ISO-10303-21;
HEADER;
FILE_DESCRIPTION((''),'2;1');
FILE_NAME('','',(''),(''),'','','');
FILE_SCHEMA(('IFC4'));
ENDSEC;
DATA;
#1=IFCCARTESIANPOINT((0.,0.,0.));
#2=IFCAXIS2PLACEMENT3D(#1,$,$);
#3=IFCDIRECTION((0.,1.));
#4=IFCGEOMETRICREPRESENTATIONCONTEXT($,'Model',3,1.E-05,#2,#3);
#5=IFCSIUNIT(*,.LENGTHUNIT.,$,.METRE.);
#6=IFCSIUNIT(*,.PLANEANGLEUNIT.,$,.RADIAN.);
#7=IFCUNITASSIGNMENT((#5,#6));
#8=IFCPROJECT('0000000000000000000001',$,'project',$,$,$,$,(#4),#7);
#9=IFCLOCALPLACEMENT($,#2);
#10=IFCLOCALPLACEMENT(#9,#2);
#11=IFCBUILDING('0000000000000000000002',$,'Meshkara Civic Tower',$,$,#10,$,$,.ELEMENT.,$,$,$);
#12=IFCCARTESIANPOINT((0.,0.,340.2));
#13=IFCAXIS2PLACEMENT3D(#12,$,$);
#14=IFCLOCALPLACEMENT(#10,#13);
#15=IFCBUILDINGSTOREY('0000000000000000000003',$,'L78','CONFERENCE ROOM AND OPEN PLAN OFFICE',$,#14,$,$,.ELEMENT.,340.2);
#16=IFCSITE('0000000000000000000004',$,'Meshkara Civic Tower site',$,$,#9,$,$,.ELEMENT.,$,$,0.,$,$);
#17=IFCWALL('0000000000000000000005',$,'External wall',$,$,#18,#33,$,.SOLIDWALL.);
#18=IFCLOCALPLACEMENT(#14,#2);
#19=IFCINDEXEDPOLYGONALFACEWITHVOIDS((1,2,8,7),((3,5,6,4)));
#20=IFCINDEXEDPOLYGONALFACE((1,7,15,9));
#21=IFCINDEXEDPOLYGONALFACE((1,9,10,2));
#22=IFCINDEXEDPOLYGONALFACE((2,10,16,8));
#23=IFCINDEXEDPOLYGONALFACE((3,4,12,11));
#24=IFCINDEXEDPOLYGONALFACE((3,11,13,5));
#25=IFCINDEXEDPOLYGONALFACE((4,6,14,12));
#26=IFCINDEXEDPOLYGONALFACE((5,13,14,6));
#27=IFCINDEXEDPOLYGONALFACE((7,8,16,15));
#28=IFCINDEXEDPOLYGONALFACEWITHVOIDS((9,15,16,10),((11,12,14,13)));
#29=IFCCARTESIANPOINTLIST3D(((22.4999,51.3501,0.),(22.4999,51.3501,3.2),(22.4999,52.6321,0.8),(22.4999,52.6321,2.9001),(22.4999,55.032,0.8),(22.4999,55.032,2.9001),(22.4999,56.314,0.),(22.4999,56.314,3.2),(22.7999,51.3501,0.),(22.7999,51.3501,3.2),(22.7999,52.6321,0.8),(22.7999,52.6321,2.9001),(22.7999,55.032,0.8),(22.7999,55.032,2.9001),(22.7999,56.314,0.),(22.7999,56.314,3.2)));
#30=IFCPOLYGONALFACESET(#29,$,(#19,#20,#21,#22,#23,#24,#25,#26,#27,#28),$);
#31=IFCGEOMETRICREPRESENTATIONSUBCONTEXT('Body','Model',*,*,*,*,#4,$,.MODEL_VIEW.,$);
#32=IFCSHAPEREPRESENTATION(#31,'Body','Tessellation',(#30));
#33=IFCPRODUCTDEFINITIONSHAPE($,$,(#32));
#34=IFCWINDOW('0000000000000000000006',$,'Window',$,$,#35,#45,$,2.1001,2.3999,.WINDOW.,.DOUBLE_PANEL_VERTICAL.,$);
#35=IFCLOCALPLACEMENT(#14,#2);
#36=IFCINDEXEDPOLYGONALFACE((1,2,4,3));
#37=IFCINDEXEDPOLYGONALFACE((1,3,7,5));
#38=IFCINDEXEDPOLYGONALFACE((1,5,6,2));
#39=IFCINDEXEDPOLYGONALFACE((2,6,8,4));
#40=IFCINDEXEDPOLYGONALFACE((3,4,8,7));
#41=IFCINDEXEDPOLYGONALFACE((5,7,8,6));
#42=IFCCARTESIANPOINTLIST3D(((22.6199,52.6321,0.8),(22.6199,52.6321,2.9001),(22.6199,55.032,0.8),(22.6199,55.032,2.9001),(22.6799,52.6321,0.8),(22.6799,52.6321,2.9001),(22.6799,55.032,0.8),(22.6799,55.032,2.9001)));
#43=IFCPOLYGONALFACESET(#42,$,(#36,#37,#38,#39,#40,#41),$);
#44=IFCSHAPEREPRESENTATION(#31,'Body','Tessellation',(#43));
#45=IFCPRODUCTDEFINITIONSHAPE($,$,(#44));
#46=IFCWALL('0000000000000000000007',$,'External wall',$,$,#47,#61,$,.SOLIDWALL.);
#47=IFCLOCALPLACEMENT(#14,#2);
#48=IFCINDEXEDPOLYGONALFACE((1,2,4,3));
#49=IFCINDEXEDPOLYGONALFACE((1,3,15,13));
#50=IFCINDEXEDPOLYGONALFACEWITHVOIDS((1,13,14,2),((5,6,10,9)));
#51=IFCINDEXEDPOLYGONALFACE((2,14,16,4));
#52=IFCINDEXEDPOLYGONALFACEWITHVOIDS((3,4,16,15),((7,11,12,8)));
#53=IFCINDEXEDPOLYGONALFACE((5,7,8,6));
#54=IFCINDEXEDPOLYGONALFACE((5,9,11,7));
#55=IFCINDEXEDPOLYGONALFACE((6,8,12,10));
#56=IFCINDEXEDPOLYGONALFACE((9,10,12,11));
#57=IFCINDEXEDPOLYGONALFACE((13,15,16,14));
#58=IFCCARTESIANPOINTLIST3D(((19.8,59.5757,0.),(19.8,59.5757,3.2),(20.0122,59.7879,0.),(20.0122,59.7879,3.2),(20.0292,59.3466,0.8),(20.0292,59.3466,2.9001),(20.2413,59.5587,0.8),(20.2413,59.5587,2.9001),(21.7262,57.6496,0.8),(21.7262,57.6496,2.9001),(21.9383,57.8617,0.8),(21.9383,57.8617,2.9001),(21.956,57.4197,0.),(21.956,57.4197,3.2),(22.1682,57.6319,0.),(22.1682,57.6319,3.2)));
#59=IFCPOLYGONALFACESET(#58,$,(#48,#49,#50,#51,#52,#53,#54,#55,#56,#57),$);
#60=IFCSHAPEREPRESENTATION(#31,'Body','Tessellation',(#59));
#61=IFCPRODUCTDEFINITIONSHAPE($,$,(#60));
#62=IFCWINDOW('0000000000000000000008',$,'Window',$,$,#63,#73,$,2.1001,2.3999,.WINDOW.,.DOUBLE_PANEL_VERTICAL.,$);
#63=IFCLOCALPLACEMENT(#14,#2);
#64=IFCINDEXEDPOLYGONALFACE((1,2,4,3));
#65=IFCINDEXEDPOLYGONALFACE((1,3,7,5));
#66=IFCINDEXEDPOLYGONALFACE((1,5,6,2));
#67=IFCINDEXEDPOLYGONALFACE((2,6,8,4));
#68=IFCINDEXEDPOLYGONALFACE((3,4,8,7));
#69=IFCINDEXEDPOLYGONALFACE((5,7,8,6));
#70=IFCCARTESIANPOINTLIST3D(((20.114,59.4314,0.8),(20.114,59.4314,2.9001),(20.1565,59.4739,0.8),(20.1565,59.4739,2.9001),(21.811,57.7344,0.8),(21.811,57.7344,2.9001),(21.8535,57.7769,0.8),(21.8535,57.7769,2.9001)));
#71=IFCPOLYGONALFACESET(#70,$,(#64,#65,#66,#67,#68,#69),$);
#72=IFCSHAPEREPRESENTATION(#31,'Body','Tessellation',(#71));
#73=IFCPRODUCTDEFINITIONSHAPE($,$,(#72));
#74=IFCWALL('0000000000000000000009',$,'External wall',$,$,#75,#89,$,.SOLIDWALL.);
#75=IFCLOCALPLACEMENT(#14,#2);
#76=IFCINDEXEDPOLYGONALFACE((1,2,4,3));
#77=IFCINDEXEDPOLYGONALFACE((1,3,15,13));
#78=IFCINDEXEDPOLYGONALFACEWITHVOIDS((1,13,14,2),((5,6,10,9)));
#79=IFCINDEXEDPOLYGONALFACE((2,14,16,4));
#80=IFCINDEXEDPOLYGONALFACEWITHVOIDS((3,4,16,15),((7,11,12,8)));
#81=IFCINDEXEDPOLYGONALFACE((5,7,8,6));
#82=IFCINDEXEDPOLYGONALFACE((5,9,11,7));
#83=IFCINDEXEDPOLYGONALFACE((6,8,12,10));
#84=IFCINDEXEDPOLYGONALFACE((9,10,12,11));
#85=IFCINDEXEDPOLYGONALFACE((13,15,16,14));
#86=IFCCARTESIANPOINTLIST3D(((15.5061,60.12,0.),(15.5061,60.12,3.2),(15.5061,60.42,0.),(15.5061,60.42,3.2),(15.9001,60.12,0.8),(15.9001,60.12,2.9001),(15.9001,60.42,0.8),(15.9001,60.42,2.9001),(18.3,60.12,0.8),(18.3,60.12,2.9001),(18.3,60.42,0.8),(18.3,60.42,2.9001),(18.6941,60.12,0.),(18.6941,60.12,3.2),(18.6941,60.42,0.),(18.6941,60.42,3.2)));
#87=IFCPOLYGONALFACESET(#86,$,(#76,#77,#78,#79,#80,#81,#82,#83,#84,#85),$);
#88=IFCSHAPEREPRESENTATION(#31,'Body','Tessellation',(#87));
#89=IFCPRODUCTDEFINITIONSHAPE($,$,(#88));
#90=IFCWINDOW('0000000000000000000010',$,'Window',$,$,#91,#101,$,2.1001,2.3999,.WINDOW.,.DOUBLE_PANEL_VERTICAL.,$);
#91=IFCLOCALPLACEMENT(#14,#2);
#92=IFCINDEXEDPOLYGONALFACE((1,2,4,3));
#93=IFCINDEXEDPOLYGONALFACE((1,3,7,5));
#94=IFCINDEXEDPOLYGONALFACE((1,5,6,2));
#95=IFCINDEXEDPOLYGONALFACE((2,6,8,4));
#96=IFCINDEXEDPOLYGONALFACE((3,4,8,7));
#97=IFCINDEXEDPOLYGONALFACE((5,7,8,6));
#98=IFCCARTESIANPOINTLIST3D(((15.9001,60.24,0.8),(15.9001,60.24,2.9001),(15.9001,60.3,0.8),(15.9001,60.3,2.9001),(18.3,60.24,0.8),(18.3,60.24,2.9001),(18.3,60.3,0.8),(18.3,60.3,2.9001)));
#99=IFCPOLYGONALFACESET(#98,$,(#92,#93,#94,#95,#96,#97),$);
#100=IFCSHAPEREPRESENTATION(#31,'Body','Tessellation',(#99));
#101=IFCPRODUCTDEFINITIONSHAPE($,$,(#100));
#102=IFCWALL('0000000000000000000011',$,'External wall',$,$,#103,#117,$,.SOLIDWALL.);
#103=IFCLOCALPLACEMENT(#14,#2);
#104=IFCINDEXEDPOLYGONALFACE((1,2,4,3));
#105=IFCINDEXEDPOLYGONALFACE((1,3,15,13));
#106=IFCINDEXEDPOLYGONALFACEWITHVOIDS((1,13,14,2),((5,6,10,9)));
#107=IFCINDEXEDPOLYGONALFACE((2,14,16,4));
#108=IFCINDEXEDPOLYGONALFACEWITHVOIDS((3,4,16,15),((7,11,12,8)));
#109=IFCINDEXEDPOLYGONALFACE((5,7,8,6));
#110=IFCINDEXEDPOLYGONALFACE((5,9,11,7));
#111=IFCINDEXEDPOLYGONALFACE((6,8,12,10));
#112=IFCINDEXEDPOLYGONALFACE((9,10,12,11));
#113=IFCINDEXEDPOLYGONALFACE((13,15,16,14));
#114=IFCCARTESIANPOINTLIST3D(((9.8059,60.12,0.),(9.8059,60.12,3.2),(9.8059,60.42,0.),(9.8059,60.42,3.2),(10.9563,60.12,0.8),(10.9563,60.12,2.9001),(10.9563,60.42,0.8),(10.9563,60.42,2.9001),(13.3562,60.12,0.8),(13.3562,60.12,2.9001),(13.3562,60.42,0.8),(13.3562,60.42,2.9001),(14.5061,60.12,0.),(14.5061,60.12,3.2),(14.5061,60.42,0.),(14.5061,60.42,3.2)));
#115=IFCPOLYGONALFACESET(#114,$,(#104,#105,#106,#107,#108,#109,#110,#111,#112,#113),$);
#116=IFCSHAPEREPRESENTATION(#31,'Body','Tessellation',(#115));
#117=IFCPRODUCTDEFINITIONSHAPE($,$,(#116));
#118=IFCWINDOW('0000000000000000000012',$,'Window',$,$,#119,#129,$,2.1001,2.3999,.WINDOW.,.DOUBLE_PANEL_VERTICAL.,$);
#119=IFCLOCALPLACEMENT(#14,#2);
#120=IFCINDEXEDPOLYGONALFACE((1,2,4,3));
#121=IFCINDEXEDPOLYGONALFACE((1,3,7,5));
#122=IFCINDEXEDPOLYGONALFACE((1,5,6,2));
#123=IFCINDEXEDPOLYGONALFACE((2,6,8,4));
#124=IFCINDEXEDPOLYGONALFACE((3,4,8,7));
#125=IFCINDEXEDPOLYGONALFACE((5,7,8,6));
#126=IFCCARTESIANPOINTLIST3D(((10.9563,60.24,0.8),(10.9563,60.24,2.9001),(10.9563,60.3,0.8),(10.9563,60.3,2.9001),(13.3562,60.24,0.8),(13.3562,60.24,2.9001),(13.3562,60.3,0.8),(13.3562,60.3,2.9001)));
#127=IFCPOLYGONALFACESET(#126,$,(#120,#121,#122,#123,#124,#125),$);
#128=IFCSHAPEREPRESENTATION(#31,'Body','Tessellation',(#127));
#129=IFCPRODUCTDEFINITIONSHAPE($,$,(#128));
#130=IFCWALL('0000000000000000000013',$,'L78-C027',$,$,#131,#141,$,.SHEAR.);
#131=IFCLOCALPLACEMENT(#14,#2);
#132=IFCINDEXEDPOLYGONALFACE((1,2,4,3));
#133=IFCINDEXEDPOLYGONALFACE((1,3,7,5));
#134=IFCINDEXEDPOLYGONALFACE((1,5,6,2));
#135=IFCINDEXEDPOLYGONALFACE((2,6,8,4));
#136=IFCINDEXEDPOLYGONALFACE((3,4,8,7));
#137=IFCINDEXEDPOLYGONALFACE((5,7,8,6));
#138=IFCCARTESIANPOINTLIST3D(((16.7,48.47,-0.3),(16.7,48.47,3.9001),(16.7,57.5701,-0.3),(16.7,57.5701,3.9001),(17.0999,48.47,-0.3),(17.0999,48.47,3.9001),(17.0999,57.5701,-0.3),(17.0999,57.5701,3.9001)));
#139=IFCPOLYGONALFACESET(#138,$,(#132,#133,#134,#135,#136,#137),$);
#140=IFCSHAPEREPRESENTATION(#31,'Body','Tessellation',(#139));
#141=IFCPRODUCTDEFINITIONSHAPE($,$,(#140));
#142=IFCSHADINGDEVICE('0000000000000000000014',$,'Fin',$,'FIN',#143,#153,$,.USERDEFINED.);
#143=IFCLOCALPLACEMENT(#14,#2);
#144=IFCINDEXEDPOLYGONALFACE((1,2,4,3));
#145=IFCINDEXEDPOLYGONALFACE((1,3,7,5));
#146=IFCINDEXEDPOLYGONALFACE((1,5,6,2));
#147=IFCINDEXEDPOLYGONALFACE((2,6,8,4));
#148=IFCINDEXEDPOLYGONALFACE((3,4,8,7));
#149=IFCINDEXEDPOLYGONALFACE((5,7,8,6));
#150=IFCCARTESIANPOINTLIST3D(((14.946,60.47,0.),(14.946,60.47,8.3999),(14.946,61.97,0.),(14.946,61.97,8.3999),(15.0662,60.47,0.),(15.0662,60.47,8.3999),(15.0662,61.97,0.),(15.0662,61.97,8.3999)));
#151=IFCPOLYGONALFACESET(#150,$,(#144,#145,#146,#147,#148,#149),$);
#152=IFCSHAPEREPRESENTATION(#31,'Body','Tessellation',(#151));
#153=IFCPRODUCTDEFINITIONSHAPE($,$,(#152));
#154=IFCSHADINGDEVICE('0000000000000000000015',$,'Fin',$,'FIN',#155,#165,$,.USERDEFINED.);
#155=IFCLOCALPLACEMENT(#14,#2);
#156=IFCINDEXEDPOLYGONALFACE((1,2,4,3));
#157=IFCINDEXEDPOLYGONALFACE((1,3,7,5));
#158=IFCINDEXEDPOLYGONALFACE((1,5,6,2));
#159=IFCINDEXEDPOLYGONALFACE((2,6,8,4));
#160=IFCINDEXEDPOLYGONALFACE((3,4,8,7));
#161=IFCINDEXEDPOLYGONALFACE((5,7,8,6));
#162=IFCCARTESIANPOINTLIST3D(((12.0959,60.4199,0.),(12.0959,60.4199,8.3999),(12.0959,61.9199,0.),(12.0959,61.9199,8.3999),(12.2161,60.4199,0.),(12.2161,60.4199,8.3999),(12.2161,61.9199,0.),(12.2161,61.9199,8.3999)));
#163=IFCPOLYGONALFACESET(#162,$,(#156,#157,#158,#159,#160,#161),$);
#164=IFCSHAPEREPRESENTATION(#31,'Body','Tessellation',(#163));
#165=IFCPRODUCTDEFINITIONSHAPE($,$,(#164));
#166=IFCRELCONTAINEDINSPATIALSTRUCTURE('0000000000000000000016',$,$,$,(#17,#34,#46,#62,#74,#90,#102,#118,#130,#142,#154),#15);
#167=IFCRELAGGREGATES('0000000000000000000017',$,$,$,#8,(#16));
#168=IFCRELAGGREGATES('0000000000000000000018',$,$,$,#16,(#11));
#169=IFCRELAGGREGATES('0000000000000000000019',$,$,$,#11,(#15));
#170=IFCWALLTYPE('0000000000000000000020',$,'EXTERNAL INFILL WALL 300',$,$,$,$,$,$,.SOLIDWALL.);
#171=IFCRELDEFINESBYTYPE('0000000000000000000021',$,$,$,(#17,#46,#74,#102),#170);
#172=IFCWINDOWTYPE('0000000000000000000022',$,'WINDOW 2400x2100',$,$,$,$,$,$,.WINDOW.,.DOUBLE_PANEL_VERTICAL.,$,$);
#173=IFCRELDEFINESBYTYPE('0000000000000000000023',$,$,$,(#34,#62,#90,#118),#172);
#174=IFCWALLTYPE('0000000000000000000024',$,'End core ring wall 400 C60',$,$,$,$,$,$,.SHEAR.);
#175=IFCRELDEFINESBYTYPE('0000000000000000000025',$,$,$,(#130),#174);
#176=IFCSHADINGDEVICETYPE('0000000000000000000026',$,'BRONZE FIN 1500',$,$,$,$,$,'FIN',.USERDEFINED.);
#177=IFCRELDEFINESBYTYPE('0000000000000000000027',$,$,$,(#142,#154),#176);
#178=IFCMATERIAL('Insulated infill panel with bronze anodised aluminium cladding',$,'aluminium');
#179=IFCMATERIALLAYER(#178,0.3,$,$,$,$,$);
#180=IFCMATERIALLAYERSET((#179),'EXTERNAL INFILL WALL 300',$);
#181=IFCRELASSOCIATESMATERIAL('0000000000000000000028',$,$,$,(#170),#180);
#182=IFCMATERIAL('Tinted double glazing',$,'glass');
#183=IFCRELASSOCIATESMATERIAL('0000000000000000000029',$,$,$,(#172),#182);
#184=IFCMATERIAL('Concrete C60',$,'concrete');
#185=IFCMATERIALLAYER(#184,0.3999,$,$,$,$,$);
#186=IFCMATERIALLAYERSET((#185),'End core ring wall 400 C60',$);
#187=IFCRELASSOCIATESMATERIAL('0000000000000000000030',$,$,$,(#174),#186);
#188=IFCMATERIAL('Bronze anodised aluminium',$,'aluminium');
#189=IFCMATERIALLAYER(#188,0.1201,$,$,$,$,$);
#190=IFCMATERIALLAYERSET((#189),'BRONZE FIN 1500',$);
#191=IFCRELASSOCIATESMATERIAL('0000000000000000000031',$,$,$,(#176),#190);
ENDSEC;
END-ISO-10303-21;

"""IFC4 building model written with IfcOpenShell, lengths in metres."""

from ifc_helpers import new_model, si_unit, direction, frame, frame_2d, origin, origin_2d, place, context, subcontext, project, spatial, rectangle, extrude, material, layer, layer_set, type_object, element, fill, save


model = new_model("IFC4")

# Units and contexts
model_context = context("Model", 3, precision=1e-05, world=origin(), true_north=direction((0.0, 1.0)))
body_context = subcontext(model_context, "Body", "Model", "MODEL_VIEW")
ifc_project = project(units=[si_unit("LENGTHUNIT", "METRE"), si_unit("PLANEANGLEUNIT", "RADIAN")], contexts=[model_context])

# Site, building, storey
site_placement = place(None, origin())
site = spatial("IfcSite", under=ifc_project, at=site_placement, Name="Meshkara Civic Tower site", CompositionType="ELEMENT", RefElevation=0.0)
building_placement = place(site_placement, origin())
building = spatial("IfcBuilding", under=site, at=building_placement, Name="Meshkara Civic Tower", CompositionType="ELEMENT")
storey_placement = place(building_placement, frame((0.0, 0.0, 340.2)))
storey = spatial("IfcBuildingStorey", under=building, at=storey_placement, Name="L78", Description="CONFERENCE ROOM AND OPEN PLAN OFFICE", CompositionType="ELEMENT", Elevation=340.2)

# Walls, openings, windows
ifc_material_1 = material(Name="Insulated infill panel with bronze anodised aluminium cladding", Category="aluminium")
ifc_layer_1 = layer(ifc_material_1, 0.3)
ifc_layer_set_1 = layer_set([ifc_layer_1], Name="EXTERNAL INFILL WALL 300")
wall_type_1 = type_object("IfcWallType", Name="EXTERNAL INFILL WALL 300", PredefinedType="SOLIDWALL", material=ifc_layer_set_1)
wall_1_placement = place(storey_placement, frame((22.6499, 51.3501, 0.0), z_axis=(0.0, 0.0, 1.0), x_axis=(0.0, 1.0, 0.0)))
wall_1 = element("IfcWall", 1, at=wall_1_placement, inside=storey, type_object=wall_type_1, Name="External wall", PredefinedType="SOLIDWALL", context=body_context, shape_type="SweptSolid", body=[
    extrude(rectangle(XDim=4.9639, YDim=0.3, at=frame_2d((2.4819, 0.0))), origin(), (0.0, 0.0, 1.0), 3.2),
])
opening_1_placement = place(wall_1_placement, frame((1.282, 0.0, 0.8)))
opening_1 = element("IfcOpeningElement", 2, at=opening_1_placement, cuts=wall_1, PredefinedType="OPENING", context=body_context, shape_type="SweptSolid", body=[
    extrude(rectangle(XDim=2.3999, YDim=2.1001, at=frame_2d((1.2, 1.05))), frame((0.0, 0.1599, 0.0), z_axis=(0.0, -1.0, 0.0), x_axis=(1.0, 0.0, 0.0)), (0.0, 0.0, 1.0), 0.3201),
])
ifc_material_2 = material(Name="Tinted double glazing", Category="glass")
window_type = type_object("IfcWindowType", Name="WINDOW 2400x2100", PartitioningType="DOUBLE_PANEL_VERTICAL", PredefinedType="WINDOW", material=ifc_material_2)
window_1_placement = place(opening_1_placement, origin())
window_1 = element("IfcWindow", 3, at=window_1_placement, inside=storey, type_object=window_type, Name="Window", OverallHeight=2.1001, OverallWidth=2.3999, PartitioningType="DOUBLE_PANEL_VERTICAL", PredefinedType="WINDOW", context=body_context, shape_type="SweptSolid", body=[
    extrude(rectangle(XDim=2.3999, YDim=2.1001, at=frame_2d((1.2, 1.05))), frame((0.0, 0.03, 0.0), z_axis=(0.0, -1.0, 0.0), x_axis=(1.0, 0.0, 0.0)), (0.0, 0.0, 1.0), 0.0601),
])
fill(opening_1, window_1)
wall_2_placement = place(storey_placement, frame((22.062, 57.5259, 0.0), z_axis=(0.0, 0.0, 1.0), x_axis=(-0.707107, 0.707107, 0.0)))
wall_2 = element("IfcWall", 4, at=wall_2_placement, inside=storey, type_object=wall_type_1, Name="External wall", PredefinedType="SOLIDWALL", context=body_context, shape_type="SweptSolid", body=[
    extrude(rectangle(XDim=3.0491, YDim=0.3, at=frame_2d((1.5244, 0.0))), origin(), (0.0, 0.0, 1.0), 3.2),
])
opening_2_placement = place(wall_2_placement, frame((0.325, 0.0, 0.8)))
opening_2 = element("IfcOpeningElement", 5, at=opening_2_placement, cuts=wall_2, PredefinedType="OPENING", context=body_context, shape_type="SweptSolid", body=[
    extrude(rectangle(XDim=2.3999, YDim=2.1001, at=frame_2d((1.2, 1.05))), frame((0.0, 0.1599, 0.0), z_axis=(0.0, -1.0, 0.0), x_axis=(1.0, 0.0, 0.0)), (0.0, 0.0, 1.0), 0.3201),
])
window_2_placement = place(opening_2_placement, origin())
window_2 = element("IfcWindow", 6, at=window_2_placement, inside=storey, type_object=window_type, Name="Window", OverallHeight=2.1001, OverallWidth=2.3999, PartitioningType="DOUBLE_PANEL_VERTICAL", PredefinedType="WINDOW", context=body_context, shape_type="SweptSolid", body=[
    extrude(rectangle(XDim=2.3999, YDim=2.1001, at=frame_2d((1.2, 1.05))), frame((0.0, 0.03, 0.0), z_axis=(0.0, -1.0, 0.0), x_axis=(1.0, 0.0, 0.0)), (0.0, 0.0, 1.0), 0.0601),
])
fill(opening_2, window_2)
wall_3_placement = place(storey_placement, frame((18.6941, 60.27, 0.0), z_axis=(0.0, 0.0, 1.0), x_axis=(-1.0, 0.0, 0.0)))
wall_3 = element("IfcWall", 7, at=wall_3_placement, inside=storey, type_object=wall_type_1, Name="External wall", PredefinedType="SOLIDWALL", context=body_context, shape_type="SweptSolid", body=[
    extrude(rectangle(XDim=3.188, YDim=0.3, at=frame_2d((1.594, 0.0))), origin(), (0.0, 0.0, 1.0), 3.2),
])
opening_3_placement = place(wall_3_placement, frame((0.394, 0.0, 0.8)))
opening_3 = element("IfcOpeningElement", 8, at=opening_3_placement, cuts=wall_3, PredefinedType="OPENING", context=body_context, shape_type="SweptSolid", body=[
    extrude(rectangle(XDim=2.3999, YDim=2.1001, at=frame_2d((1.2, 1.05))), frame((0.0, 0.1599, 0.0), z_axis=(0.0, -1.0, 0.0), x_axis=(1.0, 0.0, 0.0)), (0.0, 0.0, 1.0), 0.3201),
])
window_3_placement = place(opening_3_placement, origin())
window_3 = element("IfcWindow", 9, at=window_3_placement, inside=storey, type_object=window_type, Name="Window", OverallHeight=2.1001, OverallWidth=2.3999, PartitioningType="DOUBLE_PANEL_VERTICAL", PredefinedType="WINDOW", context=body_context, shape_type="SweptSolid", body=[
    extrude(rectangle(XDim=2.3999, YDim=2.1001, at=frame_2d((1.2, 1.05))), frame((0.0, 0.03, 0.0), z_axis=(0.0, -1.0, 0.0), x_axis=(1.0, 0.0, 0.0)), (0.0, 0.0, 1.0), 0.0601),
])
fill(opening_3, window_3)
wall_4_placement = place(storey_placement, frame((14.5061, 60.27, 0.0), z_axis=(0.0, 0.0, 1.0), x_axis=(-1.0, 0.0, 0.0)))
wall_4 = element("IfcWall", 10, at=wall_4_placement, inside=storey, type_object=wall_type_1, Name="External wall", PredefinedType="SOLIDWALL", context=body_context, shape_type="SweptSolid", body=[
    extrude(rectangle(XDim=4.7002, YDim=0.3, at=frame_2d((2.3501, 0.0))), origin(), (0.0, 0.0, 1.0), 3.2),
])
opening_4_placement = place(wall_4_placement, frame((1.1499, 0.0, 0.8)))
opening_4 = element("IfcOpeningElement", 11, at=opening_4_placement, cuts=wall_4, PredefinedType="OPENING", context=body_context, shape_type="SweptSolid", body=[
    extrude(rectangle(XDim=2.3999, YDim=2.1001, at=frame_2d((1.2, 1.05))), frame((0.0, 0.1599, 0.0), z_axis=(0.0, -1.0, 0.0), x_axis=(1.0, 0.0, 0.0)), (0.0, 0.0, 1.0), 0.3201),
])
window_4_placement = place(opening_4_placement, origin())
window_4 = element("IfcWindow", 12, at=window_4_placement, inside=storey, type_object=window_type, Name="Window", OverallHeight=2.1001, OverallWidth=2.3999, PartitioningType="DOUBLE_PANEL_VERTICAL", PredefinedType="WINDOW", context=body_context, shape_type="SweptSolid", body=[
    extrude(rectangle(XDim=2.3999, YDim=2.1001, at=frame_2d((1.2, 1.05))), frame((0.0, 0.03, 0.0), z_axis=(0.0, -1.0, 0.0), x_axis=(1.0, 0.0, 0.0)), (0.0, 0.0, 1.0), 0.0601),
])
fill(opening_4, window_4)

# Wall
ifc_material_3 = material(Name="Concrete C60", Category="concrete")
ifc_layer_2 = layer(ifc_material_3, 0.3999)
ifc_layer_set_2 = layer_set([ifc_layer_2], Name="End core ring wall 400 C60")
wall_type_2 = type_object("IfcWallType", Name="End core ring wall 400 C60", PredefinedType="SHEAR", material=ifc_layer_set_2)
wall_5_placement = place(storey_placement, frame((16.8999, 48.47, -0.3), z_axis=(0.0, 0.0, 1.0), x_axis=(0.0, 1.0, 0.0)))
element("IfcWall", 13, at=wall_5_placement, inside=storey, type_object=wall_type_2, Name="L78-C027", PredefinedType="SHEAR", context=body_context, shape_type="SweptSolid", body=[
    extrude(rectangle(XDim=9.1001, YDim=0.3999, at=frame_2d((4.55, 0.0))), origin(), (0.0, 0.0, 1.0), 4.2002),
])

# Shading devices
ifc_material_4 = material(Name="Bronze anodised aluminium", Category="aluminium")
ifc_layer_3 = layer(ifc_material_4, 0.1201)
ifc_layer_set_3 = layer_set([ifc_layer_3], Name="BRONZE FIN 1500")
shading_device_type = type_object("IfcShadingDeviceType", Name="BRONZE FIN 1500", ElementType="FIN", PredefinedType="USERDEFINED", material=ifc_layer_set_3)
for number, where, z_axis, x_axis, name in (
    (14, (15.0061, 61.22, 0.0), (0.0, 0.0, 1.0), (-1.0, 0.0, 0.0), "Fin"),
    (15, (12.156, 61.1699, 0.0), (0.0, 0.0, 1.0), (-1.0, 0.0, 0.0), "Fin"),
):
    element("IfcShadingDevice", number, at=place(storey_placement, frame(where, z_axis=z_axis, x_axis=x_axis)), inside=storey, type_object=shading_device_type, Name=name, ObjectType="FIN", PredefinedType="USERDEFINED", context=body_context, shape_type="SweptSolid", body=[
        extrude(rectangle(XDim=0.1201, YDim=1.5, at=origin_2d()), origin(), (0.0, 0.0, 1.0), 8.3999),
    ])

save(model, "model.ifc")
